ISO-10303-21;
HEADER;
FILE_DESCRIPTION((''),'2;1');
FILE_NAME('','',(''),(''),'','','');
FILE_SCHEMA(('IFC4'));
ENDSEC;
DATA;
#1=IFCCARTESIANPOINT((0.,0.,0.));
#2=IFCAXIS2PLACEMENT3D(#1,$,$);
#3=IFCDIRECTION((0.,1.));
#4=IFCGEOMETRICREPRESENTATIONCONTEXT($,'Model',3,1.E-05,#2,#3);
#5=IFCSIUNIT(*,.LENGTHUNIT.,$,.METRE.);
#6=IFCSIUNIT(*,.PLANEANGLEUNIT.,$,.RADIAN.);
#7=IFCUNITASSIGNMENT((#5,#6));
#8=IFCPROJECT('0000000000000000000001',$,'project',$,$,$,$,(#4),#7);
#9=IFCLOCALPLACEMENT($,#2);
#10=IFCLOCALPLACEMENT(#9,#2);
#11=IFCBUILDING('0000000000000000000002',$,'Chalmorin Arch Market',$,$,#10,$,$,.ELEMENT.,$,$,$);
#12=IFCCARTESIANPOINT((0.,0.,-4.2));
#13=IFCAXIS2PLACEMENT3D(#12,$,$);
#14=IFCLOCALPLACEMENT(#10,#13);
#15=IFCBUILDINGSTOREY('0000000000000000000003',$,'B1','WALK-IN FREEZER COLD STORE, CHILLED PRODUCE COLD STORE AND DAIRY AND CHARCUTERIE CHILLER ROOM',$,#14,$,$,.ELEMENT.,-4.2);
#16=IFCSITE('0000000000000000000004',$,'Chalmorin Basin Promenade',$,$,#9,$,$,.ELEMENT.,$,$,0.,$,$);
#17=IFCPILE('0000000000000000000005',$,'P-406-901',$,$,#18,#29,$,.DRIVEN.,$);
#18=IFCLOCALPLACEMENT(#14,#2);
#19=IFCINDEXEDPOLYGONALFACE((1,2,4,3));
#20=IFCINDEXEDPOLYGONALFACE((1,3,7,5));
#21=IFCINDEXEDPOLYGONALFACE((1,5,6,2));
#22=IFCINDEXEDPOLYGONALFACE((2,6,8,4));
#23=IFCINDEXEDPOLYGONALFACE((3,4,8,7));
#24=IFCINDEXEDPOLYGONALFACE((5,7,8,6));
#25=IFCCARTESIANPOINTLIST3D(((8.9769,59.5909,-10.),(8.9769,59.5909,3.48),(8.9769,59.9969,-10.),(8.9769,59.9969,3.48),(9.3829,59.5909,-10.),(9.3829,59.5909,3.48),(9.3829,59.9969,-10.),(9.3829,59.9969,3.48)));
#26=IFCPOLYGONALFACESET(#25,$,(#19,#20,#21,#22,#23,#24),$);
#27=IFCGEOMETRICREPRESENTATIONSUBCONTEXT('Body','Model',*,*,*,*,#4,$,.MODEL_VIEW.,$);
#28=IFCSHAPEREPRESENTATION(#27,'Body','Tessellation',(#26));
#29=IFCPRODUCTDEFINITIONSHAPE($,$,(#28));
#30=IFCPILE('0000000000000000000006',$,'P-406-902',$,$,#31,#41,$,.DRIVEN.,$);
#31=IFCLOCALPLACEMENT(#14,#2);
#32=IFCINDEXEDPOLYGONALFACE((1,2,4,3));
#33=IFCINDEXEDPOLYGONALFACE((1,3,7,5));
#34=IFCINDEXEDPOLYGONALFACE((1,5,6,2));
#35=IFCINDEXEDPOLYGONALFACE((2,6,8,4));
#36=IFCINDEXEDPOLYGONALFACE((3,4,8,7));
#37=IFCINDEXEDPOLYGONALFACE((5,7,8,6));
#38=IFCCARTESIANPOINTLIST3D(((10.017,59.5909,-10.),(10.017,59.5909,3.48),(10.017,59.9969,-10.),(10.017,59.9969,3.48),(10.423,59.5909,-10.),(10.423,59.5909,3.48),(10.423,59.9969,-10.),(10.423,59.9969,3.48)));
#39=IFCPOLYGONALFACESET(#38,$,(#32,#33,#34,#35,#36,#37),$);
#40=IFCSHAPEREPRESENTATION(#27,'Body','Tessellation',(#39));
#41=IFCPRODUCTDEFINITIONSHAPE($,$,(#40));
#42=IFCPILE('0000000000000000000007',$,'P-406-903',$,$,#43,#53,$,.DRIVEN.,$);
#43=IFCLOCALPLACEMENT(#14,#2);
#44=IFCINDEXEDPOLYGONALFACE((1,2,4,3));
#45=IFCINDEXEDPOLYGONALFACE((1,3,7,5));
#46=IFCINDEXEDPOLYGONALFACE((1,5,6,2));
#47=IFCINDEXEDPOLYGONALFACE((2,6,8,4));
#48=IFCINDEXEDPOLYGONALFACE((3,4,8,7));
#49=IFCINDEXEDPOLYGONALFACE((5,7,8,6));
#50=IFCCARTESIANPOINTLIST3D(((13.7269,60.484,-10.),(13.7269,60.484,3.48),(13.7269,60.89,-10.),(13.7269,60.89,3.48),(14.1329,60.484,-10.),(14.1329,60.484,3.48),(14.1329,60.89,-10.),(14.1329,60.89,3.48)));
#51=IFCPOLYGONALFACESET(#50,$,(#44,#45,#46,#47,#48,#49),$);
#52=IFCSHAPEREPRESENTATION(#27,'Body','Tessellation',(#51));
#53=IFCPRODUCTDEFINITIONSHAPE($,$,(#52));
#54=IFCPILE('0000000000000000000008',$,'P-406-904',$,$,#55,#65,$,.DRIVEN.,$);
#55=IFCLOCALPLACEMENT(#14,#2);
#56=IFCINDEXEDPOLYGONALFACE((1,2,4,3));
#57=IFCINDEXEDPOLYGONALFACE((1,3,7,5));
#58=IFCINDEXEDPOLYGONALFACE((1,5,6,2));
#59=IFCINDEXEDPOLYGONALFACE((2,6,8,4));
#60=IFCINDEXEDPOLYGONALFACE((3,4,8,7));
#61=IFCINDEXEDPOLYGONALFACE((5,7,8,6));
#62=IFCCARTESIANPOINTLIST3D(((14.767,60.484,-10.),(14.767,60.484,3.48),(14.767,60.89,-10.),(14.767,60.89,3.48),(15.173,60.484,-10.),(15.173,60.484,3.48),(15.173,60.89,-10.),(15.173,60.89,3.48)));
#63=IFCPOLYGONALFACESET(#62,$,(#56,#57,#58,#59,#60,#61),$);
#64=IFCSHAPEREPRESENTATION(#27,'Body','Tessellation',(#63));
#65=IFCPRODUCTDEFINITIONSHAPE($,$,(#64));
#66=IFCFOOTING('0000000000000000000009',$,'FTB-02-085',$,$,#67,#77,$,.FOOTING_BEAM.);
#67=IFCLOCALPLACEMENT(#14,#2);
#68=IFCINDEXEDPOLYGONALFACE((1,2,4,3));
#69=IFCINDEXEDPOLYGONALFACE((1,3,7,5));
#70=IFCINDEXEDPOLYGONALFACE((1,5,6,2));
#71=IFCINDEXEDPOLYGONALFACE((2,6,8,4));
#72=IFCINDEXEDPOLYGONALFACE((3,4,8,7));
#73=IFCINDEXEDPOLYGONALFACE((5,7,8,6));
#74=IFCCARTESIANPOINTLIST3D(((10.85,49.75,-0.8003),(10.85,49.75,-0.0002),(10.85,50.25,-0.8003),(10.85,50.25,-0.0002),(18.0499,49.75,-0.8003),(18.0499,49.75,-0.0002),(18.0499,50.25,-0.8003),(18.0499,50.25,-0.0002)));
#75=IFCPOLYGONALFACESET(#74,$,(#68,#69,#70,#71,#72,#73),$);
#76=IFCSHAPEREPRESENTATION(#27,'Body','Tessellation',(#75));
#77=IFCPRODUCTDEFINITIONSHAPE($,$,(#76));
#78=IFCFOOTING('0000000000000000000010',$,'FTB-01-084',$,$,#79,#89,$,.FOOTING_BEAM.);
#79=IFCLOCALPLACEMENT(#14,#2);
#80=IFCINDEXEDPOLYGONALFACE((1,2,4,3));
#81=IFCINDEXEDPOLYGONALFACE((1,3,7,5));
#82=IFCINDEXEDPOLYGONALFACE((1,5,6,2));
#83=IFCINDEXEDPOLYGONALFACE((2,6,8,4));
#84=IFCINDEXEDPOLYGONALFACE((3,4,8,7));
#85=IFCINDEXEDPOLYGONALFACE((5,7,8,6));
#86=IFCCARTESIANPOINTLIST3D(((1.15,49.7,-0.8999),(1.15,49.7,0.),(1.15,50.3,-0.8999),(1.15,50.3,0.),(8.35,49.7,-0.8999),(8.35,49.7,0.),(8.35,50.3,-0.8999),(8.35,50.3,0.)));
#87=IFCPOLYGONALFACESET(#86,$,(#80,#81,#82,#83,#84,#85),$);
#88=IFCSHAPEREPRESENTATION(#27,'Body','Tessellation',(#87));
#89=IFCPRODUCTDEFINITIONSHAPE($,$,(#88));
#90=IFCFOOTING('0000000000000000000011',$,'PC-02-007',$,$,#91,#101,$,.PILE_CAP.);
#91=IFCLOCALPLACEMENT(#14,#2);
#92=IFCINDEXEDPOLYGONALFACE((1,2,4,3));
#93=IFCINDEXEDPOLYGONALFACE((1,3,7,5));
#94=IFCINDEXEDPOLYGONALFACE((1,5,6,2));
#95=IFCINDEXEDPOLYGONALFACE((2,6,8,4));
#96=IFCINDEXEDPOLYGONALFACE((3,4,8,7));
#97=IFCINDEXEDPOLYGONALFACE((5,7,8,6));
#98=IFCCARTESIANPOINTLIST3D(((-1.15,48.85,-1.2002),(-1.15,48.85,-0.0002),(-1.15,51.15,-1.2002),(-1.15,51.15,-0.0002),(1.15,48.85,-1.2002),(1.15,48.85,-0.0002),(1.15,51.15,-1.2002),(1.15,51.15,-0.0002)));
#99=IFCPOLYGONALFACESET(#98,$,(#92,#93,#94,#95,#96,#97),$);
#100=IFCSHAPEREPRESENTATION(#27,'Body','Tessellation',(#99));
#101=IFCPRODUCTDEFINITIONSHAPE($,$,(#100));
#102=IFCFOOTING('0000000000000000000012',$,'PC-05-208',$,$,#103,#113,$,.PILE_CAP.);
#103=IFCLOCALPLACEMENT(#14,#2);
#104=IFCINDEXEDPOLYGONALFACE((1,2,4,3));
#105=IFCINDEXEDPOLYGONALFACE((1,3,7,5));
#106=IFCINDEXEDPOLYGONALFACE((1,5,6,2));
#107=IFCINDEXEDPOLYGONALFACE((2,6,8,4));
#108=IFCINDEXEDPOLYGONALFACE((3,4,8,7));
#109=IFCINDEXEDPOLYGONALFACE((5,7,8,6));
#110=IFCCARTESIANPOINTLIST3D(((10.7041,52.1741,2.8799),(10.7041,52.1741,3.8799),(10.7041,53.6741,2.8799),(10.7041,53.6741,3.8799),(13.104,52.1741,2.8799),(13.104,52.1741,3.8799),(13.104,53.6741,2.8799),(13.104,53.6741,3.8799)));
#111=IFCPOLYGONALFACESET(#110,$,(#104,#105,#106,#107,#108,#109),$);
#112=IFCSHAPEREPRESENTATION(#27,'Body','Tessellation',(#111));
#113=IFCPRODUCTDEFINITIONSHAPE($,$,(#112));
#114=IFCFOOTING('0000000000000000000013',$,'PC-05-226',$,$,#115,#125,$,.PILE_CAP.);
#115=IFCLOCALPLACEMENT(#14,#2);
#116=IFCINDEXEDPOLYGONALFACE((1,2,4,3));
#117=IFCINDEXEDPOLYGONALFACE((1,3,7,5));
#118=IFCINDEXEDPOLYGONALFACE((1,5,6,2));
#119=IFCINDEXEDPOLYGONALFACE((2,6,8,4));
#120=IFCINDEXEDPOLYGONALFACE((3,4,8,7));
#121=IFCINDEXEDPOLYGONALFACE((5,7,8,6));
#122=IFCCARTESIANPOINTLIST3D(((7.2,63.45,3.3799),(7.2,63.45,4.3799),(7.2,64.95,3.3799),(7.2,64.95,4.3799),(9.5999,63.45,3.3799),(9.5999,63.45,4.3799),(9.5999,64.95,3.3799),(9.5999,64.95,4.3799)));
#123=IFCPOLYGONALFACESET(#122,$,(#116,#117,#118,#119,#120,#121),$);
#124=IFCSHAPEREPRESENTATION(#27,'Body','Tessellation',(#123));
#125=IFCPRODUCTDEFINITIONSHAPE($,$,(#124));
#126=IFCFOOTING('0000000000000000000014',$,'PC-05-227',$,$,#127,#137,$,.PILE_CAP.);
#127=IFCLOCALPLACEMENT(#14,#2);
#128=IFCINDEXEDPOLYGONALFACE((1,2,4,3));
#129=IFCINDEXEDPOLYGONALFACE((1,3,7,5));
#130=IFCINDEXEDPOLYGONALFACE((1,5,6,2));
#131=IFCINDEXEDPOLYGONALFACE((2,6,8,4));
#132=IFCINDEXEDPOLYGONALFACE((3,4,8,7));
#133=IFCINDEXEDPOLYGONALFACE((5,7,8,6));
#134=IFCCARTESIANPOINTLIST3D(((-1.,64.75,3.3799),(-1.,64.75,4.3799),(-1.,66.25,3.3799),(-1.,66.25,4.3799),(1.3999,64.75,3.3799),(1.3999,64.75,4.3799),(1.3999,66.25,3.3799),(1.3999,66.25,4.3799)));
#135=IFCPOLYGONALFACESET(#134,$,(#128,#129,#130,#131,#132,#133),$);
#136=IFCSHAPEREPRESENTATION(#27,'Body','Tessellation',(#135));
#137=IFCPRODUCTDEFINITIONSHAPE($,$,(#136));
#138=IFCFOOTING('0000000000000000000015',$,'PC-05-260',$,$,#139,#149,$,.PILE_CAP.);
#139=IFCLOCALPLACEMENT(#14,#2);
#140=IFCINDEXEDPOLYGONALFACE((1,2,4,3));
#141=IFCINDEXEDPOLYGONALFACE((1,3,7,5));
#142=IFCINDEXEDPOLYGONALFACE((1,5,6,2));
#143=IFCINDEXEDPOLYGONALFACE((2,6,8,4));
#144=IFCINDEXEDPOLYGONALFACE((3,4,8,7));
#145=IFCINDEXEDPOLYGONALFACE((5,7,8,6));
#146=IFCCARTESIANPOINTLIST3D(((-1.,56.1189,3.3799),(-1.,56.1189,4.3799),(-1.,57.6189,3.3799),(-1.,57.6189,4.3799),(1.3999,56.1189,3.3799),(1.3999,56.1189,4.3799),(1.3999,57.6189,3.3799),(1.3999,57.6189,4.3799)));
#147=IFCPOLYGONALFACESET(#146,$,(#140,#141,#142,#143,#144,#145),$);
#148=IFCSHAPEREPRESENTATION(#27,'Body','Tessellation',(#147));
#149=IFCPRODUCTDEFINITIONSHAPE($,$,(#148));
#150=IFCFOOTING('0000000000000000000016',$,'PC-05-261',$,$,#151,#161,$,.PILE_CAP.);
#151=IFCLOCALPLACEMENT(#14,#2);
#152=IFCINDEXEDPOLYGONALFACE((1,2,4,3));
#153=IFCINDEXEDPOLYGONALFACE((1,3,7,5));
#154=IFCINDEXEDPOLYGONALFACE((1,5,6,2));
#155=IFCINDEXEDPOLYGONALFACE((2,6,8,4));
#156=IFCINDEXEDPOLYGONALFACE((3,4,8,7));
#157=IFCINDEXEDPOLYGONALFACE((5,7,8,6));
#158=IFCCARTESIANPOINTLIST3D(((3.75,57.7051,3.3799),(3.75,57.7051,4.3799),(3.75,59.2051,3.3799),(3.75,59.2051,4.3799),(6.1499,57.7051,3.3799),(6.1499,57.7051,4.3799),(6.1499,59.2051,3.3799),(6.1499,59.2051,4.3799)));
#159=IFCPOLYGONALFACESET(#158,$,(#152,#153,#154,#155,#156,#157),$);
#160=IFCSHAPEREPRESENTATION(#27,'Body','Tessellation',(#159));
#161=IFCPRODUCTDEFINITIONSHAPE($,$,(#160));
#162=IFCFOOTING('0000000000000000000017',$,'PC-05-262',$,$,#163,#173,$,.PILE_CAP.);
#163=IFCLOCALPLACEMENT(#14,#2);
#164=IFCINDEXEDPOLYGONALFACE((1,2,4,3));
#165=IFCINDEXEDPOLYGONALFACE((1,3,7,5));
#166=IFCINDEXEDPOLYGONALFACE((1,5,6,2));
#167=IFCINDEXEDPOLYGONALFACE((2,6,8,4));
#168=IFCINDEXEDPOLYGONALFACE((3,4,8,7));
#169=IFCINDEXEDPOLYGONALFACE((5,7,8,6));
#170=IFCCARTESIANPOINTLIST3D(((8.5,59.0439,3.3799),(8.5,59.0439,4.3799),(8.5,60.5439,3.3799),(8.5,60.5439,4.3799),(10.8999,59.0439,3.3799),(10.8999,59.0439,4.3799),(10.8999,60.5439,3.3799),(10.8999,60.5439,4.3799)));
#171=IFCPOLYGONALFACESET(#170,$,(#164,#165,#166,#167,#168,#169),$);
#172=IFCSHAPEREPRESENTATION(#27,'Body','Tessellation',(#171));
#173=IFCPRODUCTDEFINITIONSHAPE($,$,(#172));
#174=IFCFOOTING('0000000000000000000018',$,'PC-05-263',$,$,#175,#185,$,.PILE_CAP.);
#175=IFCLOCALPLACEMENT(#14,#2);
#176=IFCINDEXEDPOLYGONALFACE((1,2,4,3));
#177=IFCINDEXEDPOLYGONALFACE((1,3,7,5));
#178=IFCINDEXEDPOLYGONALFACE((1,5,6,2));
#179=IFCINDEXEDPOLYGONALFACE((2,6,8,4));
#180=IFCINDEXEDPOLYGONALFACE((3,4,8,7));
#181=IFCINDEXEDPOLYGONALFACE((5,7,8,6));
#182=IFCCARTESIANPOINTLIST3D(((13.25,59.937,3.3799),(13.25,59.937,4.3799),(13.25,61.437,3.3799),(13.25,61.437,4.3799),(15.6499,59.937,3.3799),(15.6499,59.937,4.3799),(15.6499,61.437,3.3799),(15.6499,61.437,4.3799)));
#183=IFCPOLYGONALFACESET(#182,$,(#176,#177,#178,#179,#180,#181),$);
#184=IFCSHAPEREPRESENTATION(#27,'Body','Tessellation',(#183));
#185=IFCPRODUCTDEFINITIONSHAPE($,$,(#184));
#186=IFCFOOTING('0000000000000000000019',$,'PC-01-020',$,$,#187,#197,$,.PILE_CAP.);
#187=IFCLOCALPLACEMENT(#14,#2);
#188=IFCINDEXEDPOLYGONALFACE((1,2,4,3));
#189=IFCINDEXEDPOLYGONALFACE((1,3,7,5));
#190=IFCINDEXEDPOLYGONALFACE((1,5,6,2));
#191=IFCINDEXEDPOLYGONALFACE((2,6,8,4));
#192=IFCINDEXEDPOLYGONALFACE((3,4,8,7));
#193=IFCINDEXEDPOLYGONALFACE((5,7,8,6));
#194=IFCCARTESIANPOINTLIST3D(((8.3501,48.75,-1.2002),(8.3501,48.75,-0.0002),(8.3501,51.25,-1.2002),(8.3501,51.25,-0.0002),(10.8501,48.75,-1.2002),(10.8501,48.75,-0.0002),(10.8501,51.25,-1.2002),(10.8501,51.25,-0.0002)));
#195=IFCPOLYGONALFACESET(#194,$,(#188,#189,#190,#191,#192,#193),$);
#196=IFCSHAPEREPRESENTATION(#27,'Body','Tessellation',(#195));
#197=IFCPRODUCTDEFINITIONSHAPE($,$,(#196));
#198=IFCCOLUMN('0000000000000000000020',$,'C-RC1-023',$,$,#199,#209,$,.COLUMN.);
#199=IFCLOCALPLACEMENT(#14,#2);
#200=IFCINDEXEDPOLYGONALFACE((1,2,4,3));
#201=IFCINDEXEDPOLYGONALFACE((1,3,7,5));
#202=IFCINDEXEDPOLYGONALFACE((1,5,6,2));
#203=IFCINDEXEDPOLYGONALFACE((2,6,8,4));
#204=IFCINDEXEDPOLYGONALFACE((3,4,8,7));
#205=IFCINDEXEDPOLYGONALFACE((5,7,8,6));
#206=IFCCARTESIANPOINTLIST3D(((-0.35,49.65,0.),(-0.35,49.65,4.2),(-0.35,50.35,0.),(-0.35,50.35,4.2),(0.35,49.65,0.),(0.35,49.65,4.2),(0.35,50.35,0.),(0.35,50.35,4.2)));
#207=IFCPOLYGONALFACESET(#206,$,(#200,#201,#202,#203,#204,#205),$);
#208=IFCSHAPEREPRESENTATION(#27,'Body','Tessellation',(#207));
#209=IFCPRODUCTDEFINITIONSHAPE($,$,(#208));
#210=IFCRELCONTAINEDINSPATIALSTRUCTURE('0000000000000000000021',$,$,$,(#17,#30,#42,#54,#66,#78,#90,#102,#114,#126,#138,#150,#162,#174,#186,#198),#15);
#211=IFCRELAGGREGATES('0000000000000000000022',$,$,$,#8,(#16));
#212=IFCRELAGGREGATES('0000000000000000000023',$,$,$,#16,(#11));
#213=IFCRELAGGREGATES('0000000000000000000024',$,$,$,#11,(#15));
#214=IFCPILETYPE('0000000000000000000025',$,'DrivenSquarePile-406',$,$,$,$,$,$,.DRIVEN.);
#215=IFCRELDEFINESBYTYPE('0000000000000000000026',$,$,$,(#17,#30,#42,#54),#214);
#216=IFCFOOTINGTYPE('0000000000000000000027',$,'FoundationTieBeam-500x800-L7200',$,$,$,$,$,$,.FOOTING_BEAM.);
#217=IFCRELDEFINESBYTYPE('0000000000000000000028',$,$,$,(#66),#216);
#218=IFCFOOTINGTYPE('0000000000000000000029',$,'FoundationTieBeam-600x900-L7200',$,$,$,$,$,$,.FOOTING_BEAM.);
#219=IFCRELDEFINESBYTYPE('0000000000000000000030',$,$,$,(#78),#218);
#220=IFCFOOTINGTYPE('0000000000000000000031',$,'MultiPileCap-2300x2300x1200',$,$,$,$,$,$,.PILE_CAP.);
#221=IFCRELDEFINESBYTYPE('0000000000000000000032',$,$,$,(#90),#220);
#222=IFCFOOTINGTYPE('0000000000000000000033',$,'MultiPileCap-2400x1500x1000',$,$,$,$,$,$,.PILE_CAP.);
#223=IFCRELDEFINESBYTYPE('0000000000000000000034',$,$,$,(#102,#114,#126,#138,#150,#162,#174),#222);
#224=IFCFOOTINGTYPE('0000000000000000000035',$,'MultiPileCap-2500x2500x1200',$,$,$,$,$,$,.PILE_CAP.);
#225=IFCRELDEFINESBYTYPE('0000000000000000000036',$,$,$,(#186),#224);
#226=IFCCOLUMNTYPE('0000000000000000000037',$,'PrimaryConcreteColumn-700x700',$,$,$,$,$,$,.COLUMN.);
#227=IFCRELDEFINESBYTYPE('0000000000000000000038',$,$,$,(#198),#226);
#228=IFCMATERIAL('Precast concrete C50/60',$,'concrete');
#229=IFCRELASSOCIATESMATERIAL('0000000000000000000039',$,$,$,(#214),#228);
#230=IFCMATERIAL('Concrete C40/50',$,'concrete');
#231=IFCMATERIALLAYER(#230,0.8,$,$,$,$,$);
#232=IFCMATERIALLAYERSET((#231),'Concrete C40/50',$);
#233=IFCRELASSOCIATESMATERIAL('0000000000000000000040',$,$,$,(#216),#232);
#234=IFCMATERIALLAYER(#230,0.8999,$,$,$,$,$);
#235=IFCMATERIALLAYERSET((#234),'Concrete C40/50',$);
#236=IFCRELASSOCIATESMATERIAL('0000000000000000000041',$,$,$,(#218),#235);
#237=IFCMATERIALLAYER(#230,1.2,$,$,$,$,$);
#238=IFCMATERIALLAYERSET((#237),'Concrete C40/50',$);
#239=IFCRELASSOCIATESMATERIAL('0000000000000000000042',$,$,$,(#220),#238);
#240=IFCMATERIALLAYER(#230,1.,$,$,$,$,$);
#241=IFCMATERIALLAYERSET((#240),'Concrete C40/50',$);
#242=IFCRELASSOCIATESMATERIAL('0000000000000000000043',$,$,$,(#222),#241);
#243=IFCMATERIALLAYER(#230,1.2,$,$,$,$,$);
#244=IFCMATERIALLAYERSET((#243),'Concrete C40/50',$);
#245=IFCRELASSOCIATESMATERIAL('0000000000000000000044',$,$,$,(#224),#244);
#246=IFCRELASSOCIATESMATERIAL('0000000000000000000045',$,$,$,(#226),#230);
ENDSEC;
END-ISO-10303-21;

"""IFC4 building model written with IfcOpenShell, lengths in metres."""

from ifc_helpers import new_model, si_unit, direction, frame, origin, origin_2d, place, context, subcontext, project, spatial, rectangle, extrude, material, layer, layer_set, material_profile, profile_set, type_object, element, save


model = new_model("IFC4")

# Units and contexts
model_context = context("Model", 3, precision=1e-05, world=origin(), true_north=direction((0.0, 1.0)))
body_context = subcontext(model_context, "Body", "Model", "MODEL_VIEW")
ifc_project = project(units=[si_unit("LENGTHUNIT", "METRE"), si_unit("PLANEANGLEUNIT", "RADIAN")], contexts=[model_context])

# Site, building, storey
site_placement = place(None, origin())
site = spatial("IfcSite", under=ifc_project, at=site_placement, Name="Chalmorin Basin Promenade", CompositionType="ELEMENT", RefElevation=0.0)
building_placement = place(site_placement, origin())
building = spatial("IfcBuilding", under=site, at=building_placement, Name="Chalmorin Arch Market", CompositionType="ELEMENT")
storey_placement = place(building_placement, frame((0.0, 0.0, -4.2)))
storey = spatial("IfcBuildingStorey", under=building, at=storey_placement, Name="B1", Description="WALK-IN FREEZER COLD STORE, CHILLED PRODUCE COLD STORE AND DAIRY AND CHARCUTERIE CHILLER ROOM", CompositionType="ELEMENT", Elevation=-4.2)

# Piles
ifc_material_1 = material(Name="Precast concrete C50/60", Category="concrete")
ifc_material_profile_1 = material_profile(ifc_material_1, rectangle(XDim=0.406, YDim=0.406, at=origin_2d()), Name="PPC406")
ifc_profile_set_1 = profile_set([ifc_material_profile_1], Name="Precast concrete C50/60")
pile_type = type_object("IfcPileType", Name="DrivenSquarePile-406", PredefinedType="DRIVEN", material=ifc_profile_set_1)
for number, where, z_axis, x_axis, name in (
    (1, (9.1799, 59.7939, 3.48), (0.0, 0.0, -1.0), (1.0, 0.0, 0.0), "P-406-901"),
    (2, (10.22, 59.7939, 3.48), (0.0, 0.0, -1.0), (1.0, 0.0, 0.0), "P-406-902"),
    (3, (13.9299, 60.687, 3.48), (0.0, 0.0, -1.0), (1.0, 0.0, 0.0), "P-406-903"),
    (4, (14.97, 60.687, 3.48), (0.0, 0.0, -1.0), (1.0, 0.0, 0.0), "P-406-904"),
):
    element("IfcPile", number, at=place(storey_placement, frame(where, z_axis=z_axis, x_axis=x_axis)), inside=storey, type_object=pile_type, Name=name, PredefinedType="DRIVEN", context=body_context, shape_type="SweptSolid", body=[
        extrude(rectangle(XDim=0.406, YDim=0.406, at=origin_2d()), origin(), (0.0, 0.0, 1.0), 13.48),
    ])

# Footings
ifc_material_2 = material(Name="Concrete C40/50", Category="concrete")
ifc_layer_1 = layer(ifc_material_2, 0.8)
ifc_layer_set_1 = layer_set([ifc_layer_1], Name="Concrete C40/50")
footing_type_1 = type_object("IfcFootingType", Name="FoundationTieBeam-500x800-L7200", PredefinedType="FOOTING_BEAM", material=ifc_layer_set_1)
footing_1_placement = place(storey_placement, frame((14.45, 50.0, -0.8003), z_axis=(0.0, 0.0, 1.0), x_axis=(1.0, 0.0, 0.0)))
element("IfcFooting", 5, at=footing_1_placement, inside=storey, type_object=footing_type_1, Name="FTB-02-085", PredefinedType="FOOTING_BEAM", context=body_context, shape_type="SweptSolid", body=[
    extrude(rectangle(XDim=7.2, YDim=0.5, at=origin_2d()), origin(), (0.0, 0.0, 1.0), 0.8),
])
ifc_layer_2 = layer(ifc_material_2, 0.8999)
ifc_layer_set_2 = layer_set([ifc_layer_2], Name="Concrete C40/50")
footing_type_2 = type_object("IfcFootingType", Name="FoundationTieBeam-600x900-L7200", PredefinedType="FOOTING_BEAM", material=ifc_layer_set_2)
footing_2_placement = place(storey_placement, frame((4.75, 50.0, -0.8999), z_axis=(0.0, 0.0, 1.0), x_axis=(1.0, 0.0, 0.0)))
element("IfcFooting", 6, at=footing_2_placement, inside=storey, type_object=footing_type_2, Name="FTB-01-084", PredefinedType="FOOTING_BEAM", context=body_context, shape_type="SweptSolid", body=[
    extrude(rectangle(XDim=7.2, YDim=0.6001, at=origin_2d()), origin(), (0.0, 0.0, 1.0), 0.8999),
])
ifc_layer_3 = layer(ifc_material_2, 1.2)
ifc_layer_set_3 = layer_set([ifc_layer_3], Name="Concrete C40/50")
footing_type_3 = type_object("IfcFootingType", Name="MultiPileCap-2300x2300x1200", PredefinedType="PILE_CAP", material=ifc_layer_set_3)
footing_3_placement = place(storey_placement, frame((0.0, 50.0, -1.2002), z_axis=(0.0, 0.0, 1.0), x_axis=(1.0, 0.0, 0.0)))
element("IfcFooting", 7, at=footing_3_placement, inside=storey, type_object=footing_type_3, Name="PC-02-007", PredefinedType="PILE_CAP", context=body_context, shape_type="SweptSolid", body=[
    extrude(rectangle(XDim=2.3, YDim=2.3, at=origin_2d()), origin(), (0.0, 0.0, 1.0), 1.2),
])
ifc_layer_4 = layer(ifc_material_2, 1.0)
ifc_layer_set_4 = layer_set([ifc_layer_4], Name="Concrete C40/50")
footing_type_4 = type_object("IfcFootingType", Name="MultiPileCap-2400x1500x1000", PredefinedType="PILE_CAP", material=ifc_layer_set_4)
for number, where, z_axis, x_axis, name in (
    (8, (11.9041, 52.9241, 2.8799), (0.0, 0.0, 1.0), (1.0, 0.0, 0.0), "PC-05-208"),
    (9, (8.3999, 64.2, 3.3799), (0.0, 0.0, 1.0), (1.0, 0.0, 0.0), "PC-05-226"),
    (10, (0.2, 65.5, 3.3799), (0.0, 0.0, 1.0), (1.0, 0.0, 0.0), "PC-05-227"),
    (11, (0.2, 56.8689, 3.3799), (0.0, 0.0, 1.0), (1.0, 0.0, 0.0), "PC-05-260"),
    (12, (4.95, 58.4551, 3.3799), (0.0, 0.0, 1.0), (1.0, 0.0, 0.0), "PC-05-261"),
    (13, (9.7, 59.7939, 3.3799), (0.0, 0.0, 1.0), (1.0, 0.0, 0.0), "PC-05-262"),
    (14, (14.45, 60.687, 3.3799), (0.0, 0.0, 1.0), (1.0, 0.0, 0.0), "PC-05-263"),
):
    element("IfcFooting", number, at=place(storey_placement, frame(where, z_axis=z_axis, x_axis=x_axis)), inside=storey, type_object=footing_type_4, Name=name, PredefinedType="PILE_CAP", context=body_context, shape_type="SweptSolid", body=[
        extrude(rectangle(XDim=2.3999, YDim=1.5, at=origin_2d()), origin(), (0.0, 0.0, 1.0), 1.0),
    ])
ifc_layer_5 = layer(ifc_material_2, 1.2)
ifc_layer_set_5 = layer_set([ifc_layer_5], Name="Concrete C40/50")
footing_type_5 = type_object("IfcFootingType", Name="MultiPileCap-2500x2500x1200", PredefinedType="PILE_CAP", material=ifc_layer_set_5)
footing_4_placement = place(storey_placement, frame((9.6001, 50.0, -1.2002), z_axis=(0.0, 0.0, 1.0), x_axis=(1.0, 0.0, 0.0)))
element("IfcFooting", 15, at=footing_4_placement, inside=storey, type_object=footing_type_5, Name="PC-01-020", PredefinedType="PILE_CAP", context=body_context, shape_type="SweptSolid", body=[
    extrude(rectangle(XDim=2.5, YDim=2.5, at=origin_2d()), origin(), (0.0, 0.0, 1.0), 1.2),
])

# Column
ifc_material_profile_2 = material_profile(ifc_material_2, rectangle(XDim=0.7, YDim=0.7, at=origin_2d()), Name="RC700X700")
ifc_profile_set_2 = profile_set([ifc_material_profile_2], Name="Concrete C40/50")
column_type = type_object("IfcColumnType", Name="PrimaryConcreteColumn-700x700", PredefinedType="COLUMN", material=ifc_profile_set_2)
for number, where, z_axis, x_axis, name in (
    (16, (0.0, 50.0, 0.0), (0.0, 0.0, 1.0), (1.0, 0.0, 0.0), "C-RC1-023"),
):
    element("IfcColumn", number, at=place(storey_placement, frame(where, z_axis=z_axis, x_axis=x_axis)), inside=storey, type_object=column_type, Name=name, PredefinedType="COLUMN", context=body_context, shape_type="SweptSolid", body=[
        extrude(rectangle(XDim=0.7, YDim=0.7, at=origin_2d()), origin(), (0.0, 0.0, 1.0), 4.2),
    ])

save(model, "model.ifc")
